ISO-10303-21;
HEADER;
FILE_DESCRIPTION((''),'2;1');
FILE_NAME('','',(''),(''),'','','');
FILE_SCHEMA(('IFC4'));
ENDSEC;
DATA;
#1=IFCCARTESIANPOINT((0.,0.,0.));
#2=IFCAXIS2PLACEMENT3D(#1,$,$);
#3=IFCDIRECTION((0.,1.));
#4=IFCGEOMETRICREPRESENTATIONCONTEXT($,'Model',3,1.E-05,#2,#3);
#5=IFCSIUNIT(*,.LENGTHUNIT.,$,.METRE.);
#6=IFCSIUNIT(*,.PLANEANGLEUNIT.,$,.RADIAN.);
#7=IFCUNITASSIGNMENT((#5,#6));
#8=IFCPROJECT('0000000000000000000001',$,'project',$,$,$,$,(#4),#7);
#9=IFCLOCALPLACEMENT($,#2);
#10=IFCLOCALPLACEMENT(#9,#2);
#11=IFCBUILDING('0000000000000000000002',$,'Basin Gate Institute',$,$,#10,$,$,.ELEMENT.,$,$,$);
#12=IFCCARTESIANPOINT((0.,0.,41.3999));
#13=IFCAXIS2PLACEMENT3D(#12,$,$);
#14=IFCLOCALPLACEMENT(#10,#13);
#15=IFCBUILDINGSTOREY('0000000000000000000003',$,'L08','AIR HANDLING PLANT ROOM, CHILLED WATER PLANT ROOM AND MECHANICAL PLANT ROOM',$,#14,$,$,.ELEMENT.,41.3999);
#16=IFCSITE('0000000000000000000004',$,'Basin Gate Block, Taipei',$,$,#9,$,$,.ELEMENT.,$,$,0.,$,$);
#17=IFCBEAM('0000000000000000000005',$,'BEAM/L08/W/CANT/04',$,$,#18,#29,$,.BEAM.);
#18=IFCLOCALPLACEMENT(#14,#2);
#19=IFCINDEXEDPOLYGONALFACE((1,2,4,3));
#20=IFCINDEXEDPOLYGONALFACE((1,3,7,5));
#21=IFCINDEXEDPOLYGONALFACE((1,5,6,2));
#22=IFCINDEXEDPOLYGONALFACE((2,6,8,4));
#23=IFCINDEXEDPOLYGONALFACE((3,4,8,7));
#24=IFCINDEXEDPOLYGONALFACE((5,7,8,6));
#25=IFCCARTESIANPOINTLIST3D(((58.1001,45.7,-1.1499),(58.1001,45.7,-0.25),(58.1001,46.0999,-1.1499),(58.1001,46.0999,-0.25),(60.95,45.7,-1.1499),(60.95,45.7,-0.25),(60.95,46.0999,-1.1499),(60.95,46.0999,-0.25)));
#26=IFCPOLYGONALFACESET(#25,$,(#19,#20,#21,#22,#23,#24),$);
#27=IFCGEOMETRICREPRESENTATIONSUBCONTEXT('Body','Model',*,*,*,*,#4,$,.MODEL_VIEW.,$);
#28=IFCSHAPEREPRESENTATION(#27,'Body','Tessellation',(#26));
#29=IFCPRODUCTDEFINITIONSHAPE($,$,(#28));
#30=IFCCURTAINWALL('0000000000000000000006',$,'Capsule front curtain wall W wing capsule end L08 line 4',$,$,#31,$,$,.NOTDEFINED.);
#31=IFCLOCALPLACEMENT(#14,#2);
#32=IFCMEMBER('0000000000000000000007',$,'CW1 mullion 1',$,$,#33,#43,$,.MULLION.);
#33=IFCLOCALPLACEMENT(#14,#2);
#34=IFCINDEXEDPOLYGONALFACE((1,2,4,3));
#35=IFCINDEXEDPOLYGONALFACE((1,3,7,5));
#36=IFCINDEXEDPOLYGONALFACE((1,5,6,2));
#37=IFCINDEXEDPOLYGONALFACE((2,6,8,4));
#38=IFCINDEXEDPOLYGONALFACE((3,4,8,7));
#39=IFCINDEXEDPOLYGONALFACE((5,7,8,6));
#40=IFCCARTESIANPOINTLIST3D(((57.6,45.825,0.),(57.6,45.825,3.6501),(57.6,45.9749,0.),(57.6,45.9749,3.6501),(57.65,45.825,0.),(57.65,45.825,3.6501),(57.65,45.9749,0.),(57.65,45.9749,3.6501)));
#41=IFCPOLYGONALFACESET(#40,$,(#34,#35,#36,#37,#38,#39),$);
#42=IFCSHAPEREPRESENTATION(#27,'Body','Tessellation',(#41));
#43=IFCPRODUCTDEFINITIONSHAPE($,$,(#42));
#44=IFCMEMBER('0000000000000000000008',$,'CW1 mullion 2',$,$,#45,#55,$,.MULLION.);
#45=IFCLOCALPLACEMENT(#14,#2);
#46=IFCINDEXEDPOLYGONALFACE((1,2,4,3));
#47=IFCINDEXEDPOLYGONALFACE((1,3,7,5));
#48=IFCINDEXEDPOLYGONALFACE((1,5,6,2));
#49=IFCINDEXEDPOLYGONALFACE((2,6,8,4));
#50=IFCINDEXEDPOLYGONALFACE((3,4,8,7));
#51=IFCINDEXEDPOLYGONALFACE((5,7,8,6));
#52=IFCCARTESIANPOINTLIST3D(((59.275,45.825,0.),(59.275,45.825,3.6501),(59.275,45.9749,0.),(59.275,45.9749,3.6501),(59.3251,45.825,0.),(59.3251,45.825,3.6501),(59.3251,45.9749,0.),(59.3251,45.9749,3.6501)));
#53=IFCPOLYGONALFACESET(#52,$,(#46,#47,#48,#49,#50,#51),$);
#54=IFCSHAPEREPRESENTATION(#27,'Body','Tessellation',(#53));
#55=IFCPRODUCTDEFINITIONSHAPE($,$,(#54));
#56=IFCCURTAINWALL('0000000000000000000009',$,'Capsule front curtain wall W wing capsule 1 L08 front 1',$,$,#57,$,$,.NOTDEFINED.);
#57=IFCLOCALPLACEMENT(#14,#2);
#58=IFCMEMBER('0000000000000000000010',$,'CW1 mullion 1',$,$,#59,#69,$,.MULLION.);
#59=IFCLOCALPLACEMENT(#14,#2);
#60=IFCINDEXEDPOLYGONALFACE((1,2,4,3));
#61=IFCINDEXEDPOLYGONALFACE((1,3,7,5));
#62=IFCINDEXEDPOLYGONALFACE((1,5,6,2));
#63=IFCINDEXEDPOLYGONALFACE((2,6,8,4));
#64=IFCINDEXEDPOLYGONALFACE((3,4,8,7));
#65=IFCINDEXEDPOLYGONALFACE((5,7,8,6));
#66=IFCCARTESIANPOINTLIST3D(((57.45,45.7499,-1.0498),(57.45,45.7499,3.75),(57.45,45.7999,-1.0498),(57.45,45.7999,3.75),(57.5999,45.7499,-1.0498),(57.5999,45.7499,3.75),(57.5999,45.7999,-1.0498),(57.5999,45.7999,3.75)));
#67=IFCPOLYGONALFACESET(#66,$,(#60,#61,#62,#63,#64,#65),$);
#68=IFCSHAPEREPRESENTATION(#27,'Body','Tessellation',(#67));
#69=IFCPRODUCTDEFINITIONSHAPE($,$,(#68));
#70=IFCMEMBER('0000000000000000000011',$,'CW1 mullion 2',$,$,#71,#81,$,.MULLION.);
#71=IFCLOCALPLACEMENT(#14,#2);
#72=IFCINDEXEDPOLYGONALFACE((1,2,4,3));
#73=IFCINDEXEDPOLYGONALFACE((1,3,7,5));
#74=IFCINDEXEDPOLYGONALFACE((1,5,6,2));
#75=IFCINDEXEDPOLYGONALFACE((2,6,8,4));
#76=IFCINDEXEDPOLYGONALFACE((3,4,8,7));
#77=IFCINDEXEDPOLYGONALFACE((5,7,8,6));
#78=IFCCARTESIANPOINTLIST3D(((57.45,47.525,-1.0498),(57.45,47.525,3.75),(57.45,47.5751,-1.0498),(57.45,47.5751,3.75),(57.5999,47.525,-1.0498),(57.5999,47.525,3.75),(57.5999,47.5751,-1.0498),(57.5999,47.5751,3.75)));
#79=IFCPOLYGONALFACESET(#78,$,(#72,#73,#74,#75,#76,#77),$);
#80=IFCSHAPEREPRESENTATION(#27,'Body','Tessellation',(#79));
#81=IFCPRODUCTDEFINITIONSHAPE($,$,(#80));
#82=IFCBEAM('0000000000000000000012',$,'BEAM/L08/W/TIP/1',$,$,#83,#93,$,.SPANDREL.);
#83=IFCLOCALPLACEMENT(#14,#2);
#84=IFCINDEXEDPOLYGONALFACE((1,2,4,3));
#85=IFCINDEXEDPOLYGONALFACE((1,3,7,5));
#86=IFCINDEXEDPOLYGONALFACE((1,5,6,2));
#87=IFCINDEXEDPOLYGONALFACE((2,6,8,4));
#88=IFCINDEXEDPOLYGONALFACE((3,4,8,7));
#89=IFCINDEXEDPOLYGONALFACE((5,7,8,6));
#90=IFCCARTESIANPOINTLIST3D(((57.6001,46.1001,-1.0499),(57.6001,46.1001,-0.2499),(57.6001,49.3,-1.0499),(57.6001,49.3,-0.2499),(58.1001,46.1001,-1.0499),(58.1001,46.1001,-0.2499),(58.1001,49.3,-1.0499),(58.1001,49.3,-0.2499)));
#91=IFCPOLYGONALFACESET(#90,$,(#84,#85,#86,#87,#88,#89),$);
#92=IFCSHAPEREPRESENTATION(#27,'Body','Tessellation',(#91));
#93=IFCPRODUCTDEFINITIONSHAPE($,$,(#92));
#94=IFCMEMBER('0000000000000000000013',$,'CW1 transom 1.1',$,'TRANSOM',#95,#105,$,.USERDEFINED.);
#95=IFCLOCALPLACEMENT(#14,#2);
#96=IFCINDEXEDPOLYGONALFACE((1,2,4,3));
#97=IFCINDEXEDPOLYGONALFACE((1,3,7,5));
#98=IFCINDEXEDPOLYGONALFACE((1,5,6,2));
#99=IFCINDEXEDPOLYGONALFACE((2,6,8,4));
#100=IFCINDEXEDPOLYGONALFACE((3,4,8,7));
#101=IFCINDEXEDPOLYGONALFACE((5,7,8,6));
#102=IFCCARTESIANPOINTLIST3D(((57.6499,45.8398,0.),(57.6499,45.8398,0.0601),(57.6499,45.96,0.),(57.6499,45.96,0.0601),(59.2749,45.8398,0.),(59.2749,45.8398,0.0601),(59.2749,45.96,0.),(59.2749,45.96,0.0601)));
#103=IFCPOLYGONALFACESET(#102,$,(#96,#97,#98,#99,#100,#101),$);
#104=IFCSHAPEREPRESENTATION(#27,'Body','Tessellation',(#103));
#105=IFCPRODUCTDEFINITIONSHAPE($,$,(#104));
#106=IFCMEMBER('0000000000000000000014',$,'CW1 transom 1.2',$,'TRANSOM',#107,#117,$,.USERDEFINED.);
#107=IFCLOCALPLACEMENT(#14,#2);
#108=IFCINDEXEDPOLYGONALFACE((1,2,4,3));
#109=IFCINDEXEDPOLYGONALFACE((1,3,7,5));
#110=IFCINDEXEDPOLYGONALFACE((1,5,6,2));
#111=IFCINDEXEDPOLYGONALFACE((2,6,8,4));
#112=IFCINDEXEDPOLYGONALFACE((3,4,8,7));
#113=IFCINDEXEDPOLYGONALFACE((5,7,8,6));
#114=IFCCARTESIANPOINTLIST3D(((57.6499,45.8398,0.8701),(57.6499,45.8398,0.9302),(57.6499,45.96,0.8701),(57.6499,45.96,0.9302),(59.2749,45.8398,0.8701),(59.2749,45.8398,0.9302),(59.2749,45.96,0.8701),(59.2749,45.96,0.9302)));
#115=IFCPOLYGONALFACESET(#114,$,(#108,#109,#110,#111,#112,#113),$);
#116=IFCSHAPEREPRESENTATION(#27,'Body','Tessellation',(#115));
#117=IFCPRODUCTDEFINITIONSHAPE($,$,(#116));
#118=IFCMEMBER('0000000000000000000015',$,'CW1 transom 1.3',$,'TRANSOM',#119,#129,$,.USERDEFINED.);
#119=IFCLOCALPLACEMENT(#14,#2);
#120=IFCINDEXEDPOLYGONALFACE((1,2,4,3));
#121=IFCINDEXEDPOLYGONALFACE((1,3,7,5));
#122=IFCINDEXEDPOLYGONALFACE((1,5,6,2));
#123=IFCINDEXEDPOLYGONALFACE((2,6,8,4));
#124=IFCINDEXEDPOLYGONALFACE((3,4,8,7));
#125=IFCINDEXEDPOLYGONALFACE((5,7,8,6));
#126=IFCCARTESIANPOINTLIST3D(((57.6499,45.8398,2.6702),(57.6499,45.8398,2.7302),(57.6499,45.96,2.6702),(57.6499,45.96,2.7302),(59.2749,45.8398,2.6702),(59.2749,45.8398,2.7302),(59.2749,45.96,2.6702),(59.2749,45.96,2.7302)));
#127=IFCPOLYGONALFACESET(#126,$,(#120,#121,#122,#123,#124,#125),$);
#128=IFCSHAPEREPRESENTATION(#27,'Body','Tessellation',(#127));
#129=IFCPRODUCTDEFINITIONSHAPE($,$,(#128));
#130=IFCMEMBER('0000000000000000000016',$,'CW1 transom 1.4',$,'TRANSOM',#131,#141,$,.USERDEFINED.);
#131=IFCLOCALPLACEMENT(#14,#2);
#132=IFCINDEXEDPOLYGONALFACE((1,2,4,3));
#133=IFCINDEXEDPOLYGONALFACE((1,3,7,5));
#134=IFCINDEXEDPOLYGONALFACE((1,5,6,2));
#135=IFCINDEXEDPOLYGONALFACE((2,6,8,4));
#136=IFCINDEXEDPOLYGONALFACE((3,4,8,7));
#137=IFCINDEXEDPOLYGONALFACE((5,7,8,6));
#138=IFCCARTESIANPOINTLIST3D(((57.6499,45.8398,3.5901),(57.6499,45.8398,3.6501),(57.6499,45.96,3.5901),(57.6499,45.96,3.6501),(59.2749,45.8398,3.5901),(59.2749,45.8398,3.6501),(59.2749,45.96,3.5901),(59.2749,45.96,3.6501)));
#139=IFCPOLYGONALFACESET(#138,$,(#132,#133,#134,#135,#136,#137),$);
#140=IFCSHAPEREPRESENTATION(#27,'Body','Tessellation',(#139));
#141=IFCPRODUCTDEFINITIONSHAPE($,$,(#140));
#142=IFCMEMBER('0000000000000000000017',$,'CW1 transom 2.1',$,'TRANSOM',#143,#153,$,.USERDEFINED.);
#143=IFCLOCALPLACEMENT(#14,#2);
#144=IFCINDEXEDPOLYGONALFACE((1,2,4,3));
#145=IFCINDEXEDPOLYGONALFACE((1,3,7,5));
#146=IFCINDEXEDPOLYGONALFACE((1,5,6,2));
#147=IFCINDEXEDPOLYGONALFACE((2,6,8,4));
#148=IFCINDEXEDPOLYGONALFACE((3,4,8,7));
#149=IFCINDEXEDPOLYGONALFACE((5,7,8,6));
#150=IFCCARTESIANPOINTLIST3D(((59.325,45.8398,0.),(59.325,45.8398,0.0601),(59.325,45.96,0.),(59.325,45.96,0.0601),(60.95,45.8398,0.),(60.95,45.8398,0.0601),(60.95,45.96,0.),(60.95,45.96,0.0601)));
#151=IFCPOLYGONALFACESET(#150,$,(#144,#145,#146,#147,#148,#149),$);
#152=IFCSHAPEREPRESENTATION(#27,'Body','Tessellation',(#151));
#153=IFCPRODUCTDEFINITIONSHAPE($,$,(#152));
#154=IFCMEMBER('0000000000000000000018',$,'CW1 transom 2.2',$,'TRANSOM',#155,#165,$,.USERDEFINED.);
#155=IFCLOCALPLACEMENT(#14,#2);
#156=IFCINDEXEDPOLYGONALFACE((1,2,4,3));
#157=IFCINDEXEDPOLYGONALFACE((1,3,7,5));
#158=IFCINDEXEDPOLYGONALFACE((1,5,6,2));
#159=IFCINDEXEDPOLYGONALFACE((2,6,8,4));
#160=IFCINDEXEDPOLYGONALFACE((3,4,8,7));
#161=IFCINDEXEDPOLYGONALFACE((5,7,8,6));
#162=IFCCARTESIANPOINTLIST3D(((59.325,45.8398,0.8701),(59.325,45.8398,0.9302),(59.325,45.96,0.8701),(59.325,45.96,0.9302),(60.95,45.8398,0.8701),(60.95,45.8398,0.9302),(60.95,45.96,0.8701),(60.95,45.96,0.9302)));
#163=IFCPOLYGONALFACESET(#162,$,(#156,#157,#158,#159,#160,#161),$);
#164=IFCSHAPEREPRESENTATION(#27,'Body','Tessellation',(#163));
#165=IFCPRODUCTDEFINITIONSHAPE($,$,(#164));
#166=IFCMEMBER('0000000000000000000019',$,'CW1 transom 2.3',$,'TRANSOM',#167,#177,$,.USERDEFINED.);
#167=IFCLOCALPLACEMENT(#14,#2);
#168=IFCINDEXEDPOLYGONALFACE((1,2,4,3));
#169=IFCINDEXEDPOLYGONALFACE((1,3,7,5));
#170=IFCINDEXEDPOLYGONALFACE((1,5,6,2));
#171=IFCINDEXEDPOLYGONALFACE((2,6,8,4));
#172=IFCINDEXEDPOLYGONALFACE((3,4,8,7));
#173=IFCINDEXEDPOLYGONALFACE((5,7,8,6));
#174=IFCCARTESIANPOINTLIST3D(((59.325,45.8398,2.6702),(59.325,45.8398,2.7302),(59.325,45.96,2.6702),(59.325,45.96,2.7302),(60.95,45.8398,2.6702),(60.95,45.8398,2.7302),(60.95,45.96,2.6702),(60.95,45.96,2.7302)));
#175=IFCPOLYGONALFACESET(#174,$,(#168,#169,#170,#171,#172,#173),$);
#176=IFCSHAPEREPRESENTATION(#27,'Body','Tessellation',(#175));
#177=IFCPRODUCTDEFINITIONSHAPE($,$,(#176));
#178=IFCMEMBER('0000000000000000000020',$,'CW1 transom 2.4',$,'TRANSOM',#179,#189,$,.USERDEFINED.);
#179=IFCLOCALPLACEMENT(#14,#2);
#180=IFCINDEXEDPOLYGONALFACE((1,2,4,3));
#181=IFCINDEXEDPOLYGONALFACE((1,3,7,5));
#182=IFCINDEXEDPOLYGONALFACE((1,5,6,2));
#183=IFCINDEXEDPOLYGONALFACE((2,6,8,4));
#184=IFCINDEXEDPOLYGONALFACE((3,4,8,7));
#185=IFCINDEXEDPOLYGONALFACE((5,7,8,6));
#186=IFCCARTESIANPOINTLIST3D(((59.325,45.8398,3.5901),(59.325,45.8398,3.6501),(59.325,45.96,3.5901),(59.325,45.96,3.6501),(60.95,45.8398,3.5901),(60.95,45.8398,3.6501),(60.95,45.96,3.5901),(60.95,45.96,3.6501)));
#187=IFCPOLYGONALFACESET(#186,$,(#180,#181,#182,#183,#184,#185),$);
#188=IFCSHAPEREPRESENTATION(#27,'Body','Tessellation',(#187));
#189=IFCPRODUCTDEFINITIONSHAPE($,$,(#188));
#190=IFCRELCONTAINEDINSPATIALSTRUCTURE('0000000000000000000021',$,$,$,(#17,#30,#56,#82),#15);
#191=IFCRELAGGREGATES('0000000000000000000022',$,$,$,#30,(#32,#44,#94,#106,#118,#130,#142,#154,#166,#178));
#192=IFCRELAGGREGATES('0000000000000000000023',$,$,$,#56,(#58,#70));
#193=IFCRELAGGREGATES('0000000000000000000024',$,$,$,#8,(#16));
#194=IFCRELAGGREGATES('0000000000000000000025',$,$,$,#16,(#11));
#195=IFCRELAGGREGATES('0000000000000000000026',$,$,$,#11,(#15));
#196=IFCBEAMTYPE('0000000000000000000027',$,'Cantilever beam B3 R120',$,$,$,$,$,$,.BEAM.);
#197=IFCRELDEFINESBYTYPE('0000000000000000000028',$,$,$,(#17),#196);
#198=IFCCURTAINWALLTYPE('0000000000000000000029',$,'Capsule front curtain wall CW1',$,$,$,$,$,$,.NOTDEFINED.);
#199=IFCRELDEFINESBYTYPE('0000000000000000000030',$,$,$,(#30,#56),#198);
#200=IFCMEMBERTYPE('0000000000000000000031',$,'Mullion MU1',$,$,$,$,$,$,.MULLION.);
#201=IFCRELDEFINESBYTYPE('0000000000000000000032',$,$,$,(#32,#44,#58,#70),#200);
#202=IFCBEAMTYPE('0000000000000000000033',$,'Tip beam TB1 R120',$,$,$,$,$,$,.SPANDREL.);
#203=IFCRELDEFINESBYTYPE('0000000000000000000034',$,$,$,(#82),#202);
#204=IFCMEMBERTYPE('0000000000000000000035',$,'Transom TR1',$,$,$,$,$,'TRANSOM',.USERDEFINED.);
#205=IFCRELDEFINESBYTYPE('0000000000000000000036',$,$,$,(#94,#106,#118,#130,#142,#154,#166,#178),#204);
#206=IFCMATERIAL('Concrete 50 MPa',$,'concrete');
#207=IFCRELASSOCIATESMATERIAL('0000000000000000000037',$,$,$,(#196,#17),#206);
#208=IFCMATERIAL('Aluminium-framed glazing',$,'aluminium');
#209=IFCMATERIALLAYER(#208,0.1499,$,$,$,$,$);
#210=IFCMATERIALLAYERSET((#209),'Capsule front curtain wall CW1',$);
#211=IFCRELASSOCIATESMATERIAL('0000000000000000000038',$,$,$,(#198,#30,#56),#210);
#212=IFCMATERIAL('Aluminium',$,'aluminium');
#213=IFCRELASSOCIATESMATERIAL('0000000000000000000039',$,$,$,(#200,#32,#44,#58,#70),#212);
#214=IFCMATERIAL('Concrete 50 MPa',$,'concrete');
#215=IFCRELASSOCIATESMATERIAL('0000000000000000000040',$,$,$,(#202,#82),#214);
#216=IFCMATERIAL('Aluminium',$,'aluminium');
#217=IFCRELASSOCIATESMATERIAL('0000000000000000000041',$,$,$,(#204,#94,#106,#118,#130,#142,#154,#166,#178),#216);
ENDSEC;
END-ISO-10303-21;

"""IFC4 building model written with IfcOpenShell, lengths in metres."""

from ifc_helpers import new_model, si_unit, direction, frame, origin, origin_2d, place, context, subcontext, project, spatial, rectangle, extrude, material, layer, layer_set, material_profile, profile_set, type_object, element, aggregate, save


model = new_model("IFC4")

# Units and contexts
model_context = context("Model", 3, precision=1e-05, world=origin(), true_north=direction((0.0, 1.0)))
body_context = subcontext(model_context, "Body", "Model", "MODEL_VIEW")
ifc_project = project(units=[si_unit("LENGTHUNIT", "METRE"), si_unit("PLANEANGLEUNIT", "RADIAN")], contexts=[model_context])

# Site, building, storey
site_placement = place(None, origin())
site = spatial("IfcSite", under=ifc_project, at=site_placement, Name="Basin Gate Block, Taipei", CompositionType="ELEMENT", RefElevation=0.0)
building_placement = place(site_placement, origin())
building = spatial("IfcBuilding", under=site, at=building_placement, Name="Basin Gate Institute", CompositionType="ELEMENT")
storey_placement = place(building_placement, frame((0.0, 0.0, 41.3999)))
storey = spatial("IfcBuildingStorey", under=building, at=storey_placement, Name="L08", Description="AIR HANDLING PLANT ROOM, CHILLED WATER PLANT ROOM AND MECHANICAL PLANT ROOM", CompositionType="ELEMENT", Elevation=41.3999)

# Beam
ifc_material_1 = material(Name="Concrete 50 MPa", Category="concrete")
ifc_material_profile_1 = material_profile(ifc_material_1, rectangle(XDim=0.3999, YDim=0.8999, at=origin_2d()), Name="Cantilever beam B3 400 x 900")
ifc_profile_set_1 = profile_set([ifc_material_profile_1], Name="Concrete 50 MPa")
beam_type_1 = type_object("IfcBeamType", Name="Cantilever beam B3 R120", PredefinedType="BEAM", material=ifc_profile_set_1)
beam_1_placement = place(storey_placement, frame((58.1001, 45.8999, -0.7), z_axis=(1.0, 0.0, 0.0), x_axis=(0.0, 1.0, 0.0)))
element("IfcBeam", 1, at=beam_1_placement, inside=storey, type_object=beam_type_1, material=ifc_profile_set_1, Name="BEAM/L08/W/CANT/04", PredefinedType="BEAM", context=body_context, shape_type="SweptSolid", body=[
    extrude(rectangle(XDim=0.3999, YDim=0.8999, at=origin_2d()), origin(), (0.0, 0.0, 1.0), 2.8499),
])

# Curtain walls, members
ifc_material_2 = material(Name="Aluminium-framed glazing", Category="aluminium")
ifc_layer_1 = layer(ifc_material_2, 0.1499)
ifc_layer_set_1 = layer_set([ifc_layer_1], Name="Capsule front curtain wall CW1")
curtain_wall_type = type_object("IfcCurtainWallType", Name="Capsule front curtain wall CW1", PredefinedType="NOTDEFINED", material=ifc_layer_set_1)
curtain_wall_1_placement = place(storey_placement, origin())
curtain_wall_1 = element("IfcCurtainWall", 2, at=curtain_wall_1_placement, inside=storey, type_object=curtain_wall_type, material=ifc_layer_set_1, Name="Capsule front curtain wall W wing capsule end L08 line 4", PredefinedType="NOTDEFINED")
ifc_material_3 = material(Name="Aluminium", Category="aluminium")
ifc_material_profile_2 = material_profile(ifc_material_3, rectangle(XDim=0.1499, YDim=0.05, at=origin_2d()), Name="Mullion MU1 150 x 50")
ifc_profile_set_2 = profile_set([ifc_material_profile_2], Name="Aluminium")
member_type_1 = type_object("IfcMemberType", Name="Mullion MU1", PredefinedType="MULLION", material=ifc_profile_set_2)
member_1_placement = place(storey_placement, frame((57.625, 45.8999, 0.0), z_axis=(0.0, 0.0, 1.0), x_axis=(0.0, 1.0, 0.0)))
member_1 = element("IfcMember", 3, at=member_1_placement, type_object=member_type_1, material=ifc_profile_set_2, Name="CW1 mullion 1", PredefinedType="MULLION", context=body_context, shape_type="SweptSolid", body=[
    extrude(rectangle(XDim=0.1499, YDim=0.05, at=origin_2d()), origin(), (0.0, 0.0, 1.0), 3.6501),
])
member_2_placement = place(storey_placement, frame((59.3, 45.8999, 0.0), z_axis=(0.0, 0.0, 1.0), x_axis=(0.0, 1.0, 0.0)))
member_2 = element("IfcMember", 4, at=member_2_placement, type_object=member_type_1, material=ifc_profile_set_2, Name="CW1 mullion 2", PredefinedType="MULLION", context=body_context, shape_type="SweptSolid", body=[
    extrude(rectangle(XDim=0.1499, YDim=0.05, at=origin_2d()), origin(), (0.0, 0.0, 1.0), 3.6501),
])
curtain_wall_2_placement = place(storey_placement, origin())
curtain_wall_2 = element("IfcCurtainWall", 5, at=curtain_wall_2_placement, inside=storey, type_object=curtain_wall_type, material=ifc_layer_set_1, Name="Capsule front curtain wall W wing capsule 1 L08 front 1", PredefinedType="NOTDEFINED")
member_3_placement = place(storey_placement, frame((57.5249, 45.7749, -1.0498), z_axis=(0.0, 0.0, 1.0), x_axis=(-1.0, 0.0, 0.0)))
member_3 = element("IfcMember", 6, at=member_3_placement, type_object=member_type_1, material=ifc_profile_set_2, Name="CW1 mullion 1", PredefinedType="MULLION", context=body_context, shape_type="SweptSolid", body=[
    extrude(rectangle(XDim=0.1499, YDim=0.05, at=origin_2d()), origin(), (0.0, 0.0, 1.0), 4.7998),
])
member_4_placement = place(storey_placement, frame((57.5249, 47.55, -1.0498), z_axis=(0.0, 0.0, 1.0), x_axis=(-1.0, 0.0, 0.0)))
member_4 = element("IfcMember", 7, at=member_4_placement, type_object=member_type_1, material=ifc_profile_set_2, Name="CW1 mullion 2", PredefinedType="MULLION", context=body_context, shape_type="SweptSolid", body=[
    extrude(rectangle(XDim=0.1499, YDim=0.05, at=origin_2d()), origin(), (0.0, 0.0, 1.0), 4.7998),
])

# Beam
ifc_material_4 = material(Name="Concrete 50 MPa", Category="concrete")
ifc_material_profile_3 = material_profile(ifc_material_4, rectangle(XDim=0.5, YDim=0.8, at=origin_2d()), Name="Tip beam TB1 500 x 800")
ifc_profile_set_3 = profile_set([ifc_material_profile_3], Name="Concrete 50 MPa")
beam_type_2 = type_object("IfcBeamType", Name="Tip beam TB1 R120", PredefinedType="SPANDREL", material=ifc_profile_set_3)
beam_2_placement = place(storey_placement, frame((57.8501, 46.1001, -0.6499), z_axis=(0.0, 1.0, 0.0), x_axis=(-1.0, 0.0, 0.0)))
element("IfcBeam", 8, at=beam_2_placement, inside=storey, type_object=beam_type_2, material=ifc_profile_set_3, Name="BEAM/L08/W/TIP/1", PredefinedType="SPANDREL", context=body_context, shape_type="SweptSolid", body=[
    extrude(rectangle(XDim=0.5, YDim=0.8, at=origin_2d()), origin(), (0.0, 0.0, 1.0), 3.2),
])

# Members
ifc_material_5 = material(Name="Aluminium", Category="aluminium")
ifc_material_profile_4 = material_profile(ifc_material_5, rectangle(XDim=0.1201, YDim=0.0601, at=origin_2d()), Name="Transom TR1 120 x 60")
ifc_profile_set_4 = profile_set([ifc_material_profile_4], Name="Aluminium")
member_type_2 = type_object("IfcMemberType", Name="Transom TR1", ElementType="TRANSOM", PredefinedType="USERDEFINED", material=ifc_profile_set_4)
member_5_placement = place(storey_placement, frame((57.6499, 45.8999, 0.03), z_axis=(1.0, 0.0, 0.0), x_axis=(0.0, 1.0, 0.0)))
member_5 = element("IfcMember", 9, at=member_5_placement, type_object=member_type_2, material=ifc_profile_set_4, Name="CW1 transom 1.1", ObjectType="TRANSOM", PredefinedType="USERDEFINED", context=body_context, shape_type="SweptSolid", body=[
    extrude(rectangle(XDim=0.1201, YDim=0.0601, at=origin_2d()), origin(), (0.0, 0.0, 1.0), 1.625),
])
member_6_placement = place(storey_placement, frame((57.6499, 45.8999, 0.9001), z_axis=(1.0, 0.0, 0.0), x_axis=(0.0, 1.0, 0.0)))
member_6 = element("IfcMember", 10, at=member_6_placement, type_object=member_type_2, material=ifc_profile_set_4, Name="CW1 transom 1.2", ObjectType="TRANSOM", PredefinedType="USERDEFINED", context=body_context, shape_type="SweptSolid", body=[
    extrude(rectangle(XDim=0.1201, YDim=0.0601, at=origin_2d()), origin(), (0.0, 0.0, 1.0), 1.625),
])
member_7_placement = place(storey_placement, frame((57.6499, 45.8999, 2.7002), z_axis=(1.0, 0.0, 0.0), x_axis=(0.0, 1.0, 0.0)))
member_7 = element("IfcMember", 11, at=member_7_placement, type_object=member_type_2, material=ifc_profile_set_4, Name="CW1 transom 1.3", ObjectType="TRANSOM", PredefinedType="USERDEFINED", context=body_context, shape_type="SweptSolid", body=[
    extrude(rectangle(XDim=0.1201, YDim=0.0601, at=origin_2d()), origin(), (0.0, 0.0, 1.0), 1.625),
])
member_8_placement = place(storey_placement, frame((57.6499, 45.8999, 3.6201), z_axis=(1.0, 0.0, 0.0), x_axis=(0.0, 1.0, 0.0)))
member_8 = element("IfcMember", 12, at=member_8_placement, type_object=member_type_2, material=ifc_profile_set_4, Name="CW1 transom 1.4", ObjectType="TRANSOM", PredefinedType="USERDEFINED", context=body_context, shape_type="SweptSolid", body=[
    extrude(rectangle(XDim=0.1201, YDim=0.0601, at=origin_2d()), origin(), (0.0, 0.0, 1.0), 1.625),
])
member_9_placement = place(storey_placement, frame((59.325, 45.8999, 0.03), z_axis=(1.0, 0.0, 0.0), x_axis=(0.0, 1.0, 0.0)))
member_9 = element("IfcMember", 13, at=member_9_placement, type_object=member_type_2, material=ifc_profile_set_4, Name="CW1 transom 2.1", ObjectType="TRANSOM", PredefinedType="USERDEFINED", context=body_context, shape_type="SweptSolid", body=[
    extrude(rectangle(XDim=0.1201, YDim=0.0601, at=origin_2d()), origin(), (0.0, 0.0, 1.0), 1.625),
])
member_10_placement = place(storey_placement, frame((59.325, 45.8999, 0.9001), z_axis=(1.0, 0.0, 0.0), x_axis=(0.0, 1.0, 0.0)))
member_10 = element("IfcMember", 14, at=member_10_placement, type_object=member_type_2, material=ifc_profile_set_4, Name="CW1 transom 2.2", ObjectType="TRANSOM", PredefinedType="USERDEFINED", context=body_context, shape_type="SweptSolid", body=[
    extrude(rectangle(XDim=0.1201, YDim=0.0601, at=origin_2d()), origin(), (0.0, 0.0, 1.0), 1.625),
])
member_11_placement = place(storey_placement, frame((59.325, 45.8999, 2.7002), z_axis=(1.0, 0.0, 0.0), x_axis=(0.0, 1.0, 0.0)))
member_11 = element("IfcMember", 15, at=member_11_placement, type_object=member_type_2, material=ifc_profile_set_4, Name="CW1 transom 2.3", ObjectType="TRANSOM", PredefinedType="USERDEFINED", context=body_context, shape_type="SweptSolid", body=[
    extrude(rectangle(XDim=0.1201, YDim=0.0601, at=origin_2d()), origin(), (0.0, 0.0, 1.0), 1.625),
])
member_12_placement = place(storey_placement, frame((59.325, 45.8999, 3.6201), z_axis=(1.0, 0.0, 0.0), x_axis=(0.0, 1.0, 0.0)))
member_12 = element("IfcMember", 16, at=member_12_placement, type_object=member_type_2, material=ifc_profile_set_4, Name="CW1 transom 2.4", ObjectType="TRANSOM", PredefinedType="USERDEFINED", context=body_context, shape_type="SweptSolid", body=[
    extrude(rectangle(XDim=0.1201, YDim=0.0601, at=origin_2d()), origin(), (0.0, 0.0, 1.0), 1.625),
])

aggregate(curtain_wall_1, [member_1, member_2, member_5, member_6, member_7, member_8, member_9, member_10, member_11, member_12])
aggregate(curtain_wall_2, [member_3, member_4])

save(model, "model.ifc")
